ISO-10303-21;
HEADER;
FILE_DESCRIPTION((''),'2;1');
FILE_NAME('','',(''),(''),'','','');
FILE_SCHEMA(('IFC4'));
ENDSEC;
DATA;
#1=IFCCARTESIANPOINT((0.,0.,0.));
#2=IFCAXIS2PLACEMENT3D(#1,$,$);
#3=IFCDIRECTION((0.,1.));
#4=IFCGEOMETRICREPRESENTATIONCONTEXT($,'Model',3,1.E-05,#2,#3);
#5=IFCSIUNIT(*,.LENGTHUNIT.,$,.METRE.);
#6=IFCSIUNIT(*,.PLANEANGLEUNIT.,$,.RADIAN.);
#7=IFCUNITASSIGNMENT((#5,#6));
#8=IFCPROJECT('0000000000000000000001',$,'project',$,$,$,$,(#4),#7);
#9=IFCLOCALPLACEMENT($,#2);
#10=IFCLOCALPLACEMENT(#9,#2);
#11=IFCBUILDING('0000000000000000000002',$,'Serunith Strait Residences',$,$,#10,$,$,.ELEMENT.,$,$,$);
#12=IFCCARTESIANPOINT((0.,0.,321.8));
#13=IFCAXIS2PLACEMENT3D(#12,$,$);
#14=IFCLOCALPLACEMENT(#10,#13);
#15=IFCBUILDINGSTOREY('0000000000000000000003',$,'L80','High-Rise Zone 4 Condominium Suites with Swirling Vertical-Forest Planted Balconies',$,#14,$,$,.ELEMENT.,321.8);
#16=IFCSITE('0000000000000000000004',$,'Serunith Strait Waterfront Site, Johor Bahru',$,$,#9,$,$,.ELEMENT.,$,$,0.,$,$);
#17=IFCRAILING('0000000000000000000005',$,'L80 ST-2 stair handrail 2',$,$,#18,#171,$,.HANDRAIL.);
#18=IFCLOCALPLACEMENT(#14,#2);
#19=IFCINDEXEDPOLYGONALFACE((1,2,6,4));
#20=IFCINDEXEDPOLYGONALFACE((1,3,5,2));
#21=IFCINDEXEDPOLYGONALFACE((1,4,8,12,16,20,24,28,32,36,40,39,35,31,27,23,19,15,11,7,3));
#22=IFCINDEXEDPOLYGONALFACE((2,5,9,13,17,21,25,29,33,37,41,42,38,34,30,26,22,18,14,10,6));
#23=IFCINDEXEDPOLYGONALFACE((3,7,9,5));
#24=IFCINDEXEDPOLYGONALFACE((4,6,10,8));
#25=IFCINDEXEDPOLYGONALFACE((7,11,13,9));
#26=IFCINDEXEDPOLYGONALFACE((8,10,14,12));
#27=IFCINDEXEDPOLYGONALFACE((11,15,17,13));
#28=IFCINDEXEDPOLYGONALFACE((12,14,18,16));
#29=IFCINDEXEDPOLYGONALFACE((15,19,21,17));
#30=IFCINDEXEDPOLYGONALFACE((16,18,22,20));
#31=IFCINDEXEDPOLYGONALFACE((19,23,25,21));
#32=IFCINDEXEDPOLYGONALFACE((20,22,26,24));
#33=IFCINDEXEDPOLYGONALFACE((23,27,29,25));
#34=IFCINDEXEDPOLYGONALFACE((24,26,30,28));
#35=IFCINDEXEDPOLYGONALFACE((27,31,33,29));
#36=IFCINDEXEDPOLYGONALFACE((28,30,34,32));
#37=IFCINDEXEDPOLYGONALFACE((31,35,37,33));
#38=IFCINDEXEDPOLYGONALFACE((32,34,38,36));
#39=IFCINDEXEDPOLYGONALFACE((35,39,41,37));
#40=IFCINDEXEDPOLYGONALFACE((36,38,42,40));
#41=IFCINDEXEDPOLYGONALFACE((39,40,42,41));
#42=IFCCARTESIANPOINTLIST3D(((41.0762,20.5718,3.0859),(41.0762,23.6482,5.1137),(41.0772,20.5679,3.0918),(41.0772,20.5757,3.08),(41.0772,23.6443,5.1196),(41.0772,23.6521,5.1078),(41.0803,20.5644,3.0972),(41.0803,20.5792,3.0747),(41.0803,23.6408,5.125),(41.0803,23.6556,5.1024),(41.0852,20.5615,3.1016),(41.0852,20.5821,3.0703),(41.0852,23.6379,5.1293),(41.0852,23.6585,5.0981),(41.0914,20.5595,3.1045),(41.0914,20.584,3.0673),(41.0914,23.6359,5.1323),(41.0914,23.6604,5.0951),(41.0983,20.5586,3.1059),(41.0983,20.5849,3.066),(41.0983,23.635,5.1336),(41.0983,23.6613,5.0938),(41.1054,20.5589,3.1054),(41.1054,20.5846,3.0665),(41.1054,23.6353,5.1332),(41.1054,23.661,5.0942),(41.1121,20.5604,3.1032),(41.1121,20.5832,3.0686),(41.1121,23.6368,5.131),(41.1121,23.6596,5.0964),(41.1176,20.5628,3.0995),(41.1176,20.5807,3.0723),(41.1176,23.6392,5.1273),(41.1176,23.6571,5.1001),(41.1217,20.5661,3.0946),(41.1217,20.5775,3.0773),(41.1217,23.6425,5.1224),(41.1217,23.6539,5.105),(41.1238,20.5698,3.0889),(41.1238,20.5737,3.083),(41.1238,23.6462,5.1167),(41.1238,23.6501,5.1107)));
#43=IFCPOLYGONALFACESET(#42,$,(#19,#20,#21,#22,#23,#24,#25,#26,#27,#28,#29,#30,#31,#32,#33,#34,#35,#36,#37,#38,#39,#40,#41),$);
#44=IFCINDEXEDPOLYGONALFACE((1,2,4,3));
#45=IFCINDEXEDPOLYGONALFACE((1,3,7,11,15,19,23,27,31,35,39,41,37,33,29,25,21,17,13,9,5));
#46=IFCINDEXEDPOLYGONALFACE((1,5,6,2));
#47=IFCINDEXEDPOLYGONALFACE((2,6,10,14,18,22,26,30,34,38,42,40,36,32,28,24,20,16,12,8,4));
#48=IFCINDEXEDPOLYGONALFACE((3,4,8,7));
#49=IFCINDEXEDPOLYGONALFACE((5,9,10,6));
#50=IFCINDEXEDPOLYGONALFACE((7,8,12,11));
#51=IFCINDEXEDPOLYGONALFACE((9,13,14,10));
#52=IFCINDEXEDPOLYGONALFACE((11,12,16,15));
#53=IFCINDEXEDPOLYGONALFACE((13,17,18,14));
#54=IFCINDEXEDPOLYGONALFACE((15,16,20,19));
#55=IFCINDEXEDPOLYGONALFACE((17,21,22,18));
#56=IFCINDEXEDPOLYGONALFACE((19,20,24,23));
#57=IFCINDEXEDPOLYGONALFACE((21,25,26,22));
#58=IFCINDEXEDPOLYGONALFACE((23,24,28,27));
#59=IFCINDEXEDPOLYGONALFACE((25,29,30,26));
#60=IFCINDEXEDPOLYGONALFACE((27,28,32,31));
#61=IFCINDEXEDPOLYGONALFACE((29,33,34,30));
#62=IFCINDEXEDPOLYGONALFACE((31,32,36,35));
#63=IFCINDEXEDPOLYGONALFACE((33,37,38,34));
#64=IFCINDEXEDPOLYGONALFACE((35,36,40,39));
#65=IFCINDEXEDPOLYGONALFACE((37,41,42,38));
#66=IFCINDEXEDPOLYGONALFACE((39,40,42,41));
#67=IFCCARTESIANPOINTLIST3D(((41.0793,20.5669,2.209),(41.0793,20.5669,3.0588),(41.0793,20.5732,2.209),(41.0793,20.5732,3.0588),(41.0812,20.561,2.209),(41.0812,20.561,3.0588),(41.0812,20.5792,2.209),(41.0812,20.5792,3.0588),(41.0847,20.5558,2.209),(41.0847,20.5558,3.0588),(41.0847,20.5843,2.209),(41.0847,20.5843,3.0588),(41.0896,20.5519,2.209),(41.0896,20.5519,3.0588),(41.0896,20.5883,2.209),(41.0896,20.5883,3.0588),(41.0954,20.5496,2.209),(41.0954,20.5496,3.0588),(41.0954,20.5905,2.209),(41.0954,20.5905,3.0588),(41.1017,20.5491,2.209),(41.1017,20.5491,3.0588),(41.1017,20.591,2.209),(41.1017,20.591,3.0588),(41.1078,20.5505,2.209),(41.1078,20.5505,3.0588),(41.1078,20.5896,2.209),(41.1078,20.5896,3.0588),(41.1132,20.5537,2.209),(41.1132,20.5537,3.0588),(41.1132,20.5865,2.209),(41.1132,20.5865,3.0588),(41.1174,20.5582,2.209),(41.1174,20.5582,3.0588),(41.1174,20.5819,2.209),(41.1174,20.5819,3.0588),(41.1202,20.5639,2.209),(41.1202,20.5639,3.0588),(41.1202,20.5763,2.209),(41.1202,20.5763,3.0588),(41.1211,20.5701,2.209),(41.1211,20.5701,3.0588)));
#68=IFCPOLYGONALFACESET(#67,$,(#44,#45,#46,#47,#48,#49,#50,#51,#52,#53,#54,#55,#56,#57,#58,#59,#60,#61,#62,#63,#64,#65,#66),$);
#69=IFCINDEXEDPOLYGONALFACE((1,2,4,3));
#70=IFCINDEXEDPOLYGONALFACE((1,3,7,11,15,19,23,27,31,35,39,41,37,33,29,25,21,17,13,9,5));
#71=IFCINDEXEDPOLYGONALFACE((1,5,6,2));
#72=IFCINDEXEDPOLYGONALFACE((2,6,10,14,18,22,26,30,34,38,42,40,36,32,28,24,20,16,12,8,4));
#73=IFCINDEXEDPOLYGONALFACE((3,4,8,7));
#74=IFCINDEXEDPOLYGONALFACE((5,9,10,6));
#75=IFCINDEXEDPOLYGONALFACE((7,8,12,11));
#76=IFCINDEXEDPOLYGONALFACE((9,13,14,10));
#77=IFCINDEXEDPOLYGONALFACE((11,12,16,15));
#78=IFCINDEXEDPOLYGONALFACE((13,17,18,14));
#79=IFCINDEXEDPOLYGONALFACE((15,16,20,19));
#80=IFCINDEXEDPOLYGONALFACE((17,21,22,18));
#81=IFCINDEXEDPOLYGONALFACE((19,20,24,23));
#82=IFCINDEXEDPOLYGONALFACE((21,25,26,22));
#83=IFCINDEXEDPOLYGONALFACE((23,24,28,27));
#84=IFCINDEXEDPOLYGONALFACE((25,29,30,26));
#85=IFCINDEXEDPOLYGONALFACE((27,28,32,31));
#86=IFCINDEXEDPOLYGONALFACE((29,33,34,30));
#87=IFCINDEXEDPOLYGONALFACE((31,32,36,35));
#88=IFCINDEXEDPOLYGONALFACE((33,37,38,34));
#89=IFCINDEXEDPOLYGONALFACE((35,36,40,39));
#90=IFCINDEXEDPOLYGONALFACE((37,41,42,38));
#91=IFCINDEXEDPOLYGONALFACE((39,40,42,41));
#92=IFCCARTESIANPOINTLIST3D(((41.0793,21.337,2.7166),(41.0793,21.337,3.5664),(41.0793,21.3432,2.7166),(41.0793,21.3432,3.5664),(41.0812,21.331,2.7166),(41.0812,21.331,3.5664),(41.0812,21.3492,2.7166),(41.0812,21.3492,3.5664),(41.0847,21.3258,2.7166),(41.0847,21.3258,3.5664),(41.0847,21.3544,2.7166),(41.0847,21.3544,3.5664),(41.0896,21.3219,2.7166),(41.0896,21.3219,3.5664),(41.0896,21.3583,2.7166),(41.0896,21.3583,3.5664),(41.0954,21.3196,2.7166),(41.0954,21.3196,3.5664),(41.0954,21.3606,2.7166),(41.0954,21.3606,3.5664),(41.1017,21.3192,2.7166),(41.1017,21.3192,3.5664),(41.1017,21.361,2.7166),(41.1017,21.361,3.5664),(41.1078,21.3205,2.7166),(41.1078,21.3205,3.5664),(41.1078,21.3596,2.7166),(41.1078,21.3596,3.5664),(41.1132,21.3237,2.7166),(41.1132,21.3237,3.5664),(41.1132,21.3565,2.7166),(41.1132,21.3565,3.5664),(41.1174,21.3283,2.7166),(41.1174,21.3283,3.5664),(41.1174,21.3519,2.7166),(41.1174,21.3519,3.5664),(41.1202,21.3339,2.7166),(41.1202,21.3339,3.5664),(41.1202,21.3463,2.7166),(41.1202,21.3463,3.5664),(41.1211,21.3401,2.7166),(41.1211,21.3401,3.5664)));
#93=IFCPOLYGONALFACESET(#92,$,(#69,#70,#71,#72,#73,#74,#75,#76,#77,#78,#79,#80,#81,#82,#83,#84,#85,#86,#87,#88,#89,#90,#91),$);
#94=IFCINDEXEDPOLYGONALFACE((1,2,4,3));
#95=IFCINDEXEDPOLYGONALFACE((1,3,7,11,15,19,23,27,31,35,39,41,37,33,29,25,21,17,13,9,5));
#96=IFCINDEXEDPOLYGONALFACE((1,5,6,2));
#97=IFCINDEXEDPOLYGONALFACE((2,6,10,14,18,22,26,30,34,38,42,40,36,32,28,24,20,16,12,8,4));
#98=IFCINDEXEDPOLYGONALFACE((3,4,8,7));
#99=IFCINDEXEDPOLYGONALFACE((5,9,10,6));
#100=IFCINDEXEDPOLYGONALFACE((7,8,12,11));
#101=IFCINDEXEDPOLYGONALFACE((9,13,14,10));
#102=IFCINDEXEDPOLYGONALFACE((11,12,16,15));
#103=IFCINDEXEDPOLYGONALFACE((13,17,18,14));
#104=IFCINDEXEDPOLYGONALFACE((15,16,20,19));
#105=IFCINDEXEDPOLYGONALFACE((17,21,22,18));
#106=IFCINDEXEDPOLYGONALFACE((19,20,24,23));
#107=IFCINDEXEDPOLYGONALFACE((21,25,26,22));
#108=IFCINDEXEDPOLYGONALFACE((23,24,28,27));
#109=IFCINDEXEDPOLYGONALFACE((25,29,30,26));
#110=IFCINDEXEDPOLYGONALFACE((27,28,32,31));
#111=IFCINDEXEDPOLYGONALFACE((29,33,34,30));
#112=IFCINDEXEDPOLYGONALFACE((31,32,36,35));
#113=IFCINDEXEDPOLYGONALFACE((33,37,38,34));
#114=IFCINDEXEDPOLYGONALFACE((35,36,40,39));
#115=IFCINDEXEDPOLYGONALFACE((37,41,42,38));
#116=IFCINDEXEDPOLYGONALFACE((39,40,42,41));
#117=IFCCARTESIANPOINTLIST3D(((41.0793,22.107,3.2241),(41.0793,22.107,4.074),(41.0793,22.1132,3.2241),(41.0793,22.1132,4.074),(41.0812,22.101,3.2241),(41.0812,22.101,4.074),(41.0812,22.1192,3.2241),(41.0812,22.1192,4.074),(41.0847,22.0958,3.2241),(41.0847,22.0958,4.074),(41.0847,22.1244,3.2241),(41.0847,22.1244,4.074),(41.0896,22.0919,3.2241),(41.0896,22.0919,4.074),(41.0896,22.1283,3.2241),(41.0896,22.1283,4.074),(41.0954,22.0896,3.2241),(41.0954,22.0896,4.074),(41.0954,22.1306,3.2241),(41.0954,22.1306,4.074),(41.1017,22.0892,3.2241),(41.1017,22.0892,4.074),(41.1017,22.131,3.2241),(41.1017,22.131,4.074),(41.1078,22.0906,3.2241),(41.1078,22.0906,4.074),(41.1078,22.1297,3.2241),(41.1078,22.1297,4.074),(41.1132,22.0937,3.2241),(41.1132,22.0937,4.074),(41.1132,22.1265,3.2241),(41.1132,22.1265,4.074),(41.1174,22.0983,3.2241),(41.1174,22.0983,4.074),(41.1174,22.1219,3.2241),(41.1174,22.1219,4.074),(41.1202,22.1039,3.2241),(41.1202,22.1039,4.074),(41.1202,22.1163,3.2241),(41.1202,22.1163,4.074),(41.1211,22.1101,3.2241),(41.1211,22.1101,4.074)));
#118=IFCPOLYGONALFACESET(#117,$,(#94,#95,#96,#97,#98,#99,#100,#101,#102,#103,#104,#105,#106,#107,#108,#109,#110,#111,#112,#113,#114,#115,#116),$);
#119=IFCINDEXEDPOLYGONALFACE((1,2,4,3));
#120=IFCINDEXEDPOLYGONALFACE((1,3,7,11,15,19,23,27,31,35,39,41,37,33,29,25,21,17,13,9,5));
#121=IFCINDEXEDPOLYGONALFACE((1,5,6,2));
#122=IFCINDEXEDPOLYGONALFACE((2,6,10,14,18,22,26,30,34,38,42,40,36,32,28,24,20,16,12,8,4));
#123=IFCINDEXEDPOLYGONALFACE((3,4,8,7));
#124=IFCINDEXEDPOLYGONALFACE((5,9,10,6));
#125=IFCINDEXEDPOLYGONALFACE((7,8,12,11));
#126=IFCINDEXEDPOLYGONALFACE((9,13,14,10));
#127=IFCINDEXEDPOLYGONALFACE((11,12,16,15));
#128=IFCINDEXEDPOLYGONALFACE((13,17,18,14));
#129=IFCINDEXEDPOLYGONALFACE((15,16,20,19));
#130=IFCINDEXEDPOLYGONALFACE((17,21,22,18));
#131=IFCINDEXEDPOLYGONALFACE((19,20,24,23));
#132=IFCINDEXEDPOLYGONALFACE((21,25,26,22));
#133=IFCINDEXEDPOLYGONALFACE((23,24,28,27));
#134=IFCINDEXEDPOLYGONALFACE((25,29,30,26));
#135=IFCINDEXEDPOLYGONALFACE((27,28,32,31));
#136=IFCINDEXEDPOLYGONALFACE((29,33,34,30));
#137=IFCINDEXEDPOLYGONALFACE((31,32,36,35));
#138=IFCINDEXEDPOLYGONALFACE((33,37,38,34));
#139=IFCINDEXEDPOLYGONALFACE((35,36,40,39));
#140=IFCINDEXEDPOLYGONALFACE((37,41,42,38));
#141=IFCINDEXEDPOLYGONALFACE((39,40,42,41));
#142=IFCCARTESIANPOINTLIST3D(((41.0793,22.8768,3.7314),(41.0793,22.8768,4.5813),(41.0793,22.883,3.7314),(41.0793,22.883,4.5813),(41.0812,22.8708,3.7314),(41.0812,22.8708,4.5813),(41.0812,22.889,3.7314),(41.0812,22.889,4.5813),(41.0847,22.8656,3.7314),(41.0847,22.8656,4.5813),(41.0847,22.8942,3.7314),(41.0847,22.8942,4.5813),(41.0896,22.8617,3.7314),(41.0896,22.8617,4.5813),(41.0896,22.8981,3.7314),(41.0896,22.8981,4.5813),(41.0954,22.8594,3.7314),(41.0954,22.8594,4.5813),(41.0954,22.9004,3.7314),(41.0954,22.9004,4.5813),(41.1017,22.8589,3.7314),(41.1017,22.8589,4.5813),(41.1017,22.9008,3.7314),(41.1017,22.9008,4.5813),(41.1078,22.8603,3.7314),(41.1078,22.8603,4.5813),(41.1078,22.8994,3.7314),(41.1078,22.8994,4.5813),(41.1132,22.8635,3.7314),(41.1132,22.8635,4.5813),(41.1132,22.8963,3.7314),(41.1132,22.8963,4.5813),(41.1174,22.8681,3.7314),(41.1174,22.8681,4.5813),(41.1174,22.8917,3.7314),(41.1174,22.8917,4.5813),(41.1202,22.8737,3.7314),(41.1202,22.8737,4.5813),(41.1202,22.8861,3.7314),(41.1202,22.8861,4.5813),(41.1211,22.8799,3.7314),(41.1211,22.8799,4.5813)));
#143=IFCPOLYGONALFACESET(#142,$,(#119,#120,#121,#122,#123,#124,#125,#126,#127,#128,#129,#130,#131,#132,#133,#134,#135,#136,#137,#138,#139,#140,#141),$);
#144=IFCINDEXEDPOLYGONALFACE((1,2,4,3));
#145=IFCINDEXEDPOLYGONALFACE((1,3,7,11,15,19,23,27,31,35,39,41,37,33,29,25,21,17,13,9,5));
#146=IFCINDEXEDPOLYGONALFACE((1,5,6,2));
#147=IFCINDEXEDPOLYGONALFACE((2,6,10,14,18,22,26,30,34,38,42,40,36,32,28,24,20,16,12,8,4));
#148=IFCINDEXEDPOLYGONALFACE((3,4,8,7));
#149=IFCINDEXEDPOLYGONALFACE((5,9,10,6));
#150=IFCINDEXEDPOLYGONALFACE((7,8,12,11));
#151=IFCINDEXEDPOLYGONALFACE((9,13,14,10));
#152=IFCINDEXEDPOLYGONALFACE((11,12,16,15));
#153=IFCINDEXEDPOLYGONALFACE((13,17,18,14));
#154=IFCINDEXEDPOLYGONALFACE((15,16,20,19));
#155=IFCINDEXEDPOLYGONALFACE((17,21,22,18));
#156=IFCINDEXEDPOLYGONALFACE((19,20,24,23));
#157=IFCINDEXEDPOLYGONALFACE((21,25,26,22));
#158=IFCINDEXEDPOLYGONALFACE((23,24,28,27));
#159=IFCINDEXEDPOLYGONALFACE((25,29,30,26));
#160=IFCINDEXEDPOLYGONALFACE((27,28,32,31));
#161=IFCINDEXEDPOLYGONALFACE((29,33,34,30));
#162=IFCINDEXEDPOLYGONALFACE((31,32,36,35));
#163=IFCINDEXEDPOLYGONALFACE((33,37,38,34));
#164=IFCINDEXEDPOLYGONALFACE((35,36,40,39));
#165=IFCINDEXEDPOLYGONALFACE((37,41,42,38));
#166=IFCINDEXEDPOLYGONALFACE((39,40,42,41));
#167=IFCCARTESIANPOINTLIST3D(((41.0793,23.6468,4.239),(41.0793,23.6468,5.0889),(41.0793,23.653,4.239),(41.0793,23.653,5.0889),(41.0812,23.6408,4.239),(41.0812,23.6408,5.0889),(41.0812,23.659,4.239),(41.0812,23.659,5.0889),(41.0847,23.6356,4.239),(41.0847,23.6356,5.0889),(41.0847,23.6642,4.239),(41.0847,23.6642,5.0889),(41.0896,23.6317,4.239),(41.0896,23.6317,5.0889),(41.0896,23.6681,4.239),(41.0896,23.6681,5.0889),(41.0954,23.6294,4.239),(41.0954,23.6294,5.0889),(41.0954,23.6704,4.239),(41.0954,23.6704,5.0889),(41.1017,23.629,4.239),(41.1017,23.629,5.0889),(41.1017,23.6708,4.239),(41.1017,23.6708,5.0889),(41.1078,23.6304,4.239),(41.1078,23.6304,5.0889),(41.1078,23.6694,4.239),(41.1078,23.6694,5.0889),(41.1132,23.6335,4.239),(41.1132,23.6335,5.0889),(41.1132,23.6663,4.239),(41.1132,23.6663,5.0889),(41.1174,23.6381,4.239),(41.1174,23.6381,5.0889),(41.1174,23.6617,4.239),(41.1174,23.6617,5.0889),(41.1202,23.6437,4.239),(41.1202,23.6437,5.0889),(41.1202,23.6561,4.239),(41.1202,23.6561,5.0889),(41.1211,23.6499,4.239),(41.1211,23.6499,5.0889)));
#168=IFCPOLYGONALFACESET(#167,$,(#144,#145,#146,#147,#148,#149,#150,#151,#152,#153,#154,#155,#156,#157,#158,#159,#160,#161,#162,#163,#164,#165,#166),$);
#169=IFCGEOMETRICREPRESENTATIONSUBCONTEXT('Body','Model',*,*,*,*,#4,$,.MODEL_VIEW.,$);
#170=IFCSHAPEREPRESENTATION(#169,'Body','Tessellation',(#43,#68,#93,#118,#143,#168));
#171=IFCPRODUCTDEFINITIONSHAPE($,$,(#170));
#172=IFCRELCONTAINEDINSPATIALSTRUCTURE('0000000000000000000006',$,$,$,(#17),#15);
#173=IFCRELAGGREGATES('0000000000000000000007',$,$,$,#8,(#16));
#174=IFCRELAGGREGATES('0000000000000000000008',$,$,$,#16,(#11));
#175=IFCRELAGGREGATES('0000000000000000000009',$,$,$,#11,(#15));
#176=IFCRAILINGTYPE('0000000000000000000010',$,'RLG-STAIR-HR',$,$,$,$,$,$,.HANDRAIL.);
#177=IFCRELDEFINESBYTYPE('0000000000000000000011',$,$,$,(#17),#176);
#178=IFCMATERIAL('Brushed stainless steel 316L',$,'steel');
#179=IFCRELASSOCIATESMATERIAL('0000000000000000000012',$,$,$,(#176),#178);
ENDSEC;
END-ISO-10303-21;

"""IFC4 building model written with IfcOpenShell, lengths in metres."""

from ifc_helpers import new_model, si_unit, direction, frame, origin, origin_2d, place, context, subcontext, project, spatial, circle, extrude, material, type_object, element, save


model = new_model("IFC4")

# Units and contexts
model_context = context("Model", 3, precision=1e-05, world=origin(), true_north=direction((0.0, 1.0)))
body_context = subcontext(model_context, "Body", "Model", "MODEL_VIEW")
ifc_project = project(units=[si_unit("LENGTHUNIT", "METRE"), si_unit("PLANEANGLEUNIT", "RADIAN")], contexts=[model_context])

# Site, building, storey
site_placement = place(None, origin())
site = spatial("IfcSite", under=ifc_project, at=site_placement, Name="Serunith Strait Waterfront Site, Johor Bahru", CompositionType="ELEMENT", RefElevation=0.0)
building_placement = place(site_placement, origin())
building = spatial("IfcBuilding", under=site, at=building_placement, Name="Serunith Strait Residences", CompositionType="ELEMENT")
storey_placement = place(building_placement, frame((0.0, 0.0, 321.8)))
storey = spatial("IfcBuildingStorey", under=building, at=storey_placement, Name="L80", Description="High-Rise Zone 4 Condominium Suites with Swirling Vertical-Forest Planted Balconies", CompositionType="ELEMENT", Elevation=321.8)

# Railing
ifc_material_1 = material(Name="Brushed stainless steel 316L", Category="steel")
railing_type_1 = type_object("IfcRailingType", Name="RLG-STAIR-HR", PredefinedType="HANDRAIL", material=ifc_material_1)
railing_1_placement = place(storey_placement, frame((41.1001, 20.5701, 2.209)))
element("IfcRailing", 1, at=railing_1_placement, inside=storey, type_object=railing_type_1, Name="L80 ST-2 stair handrail 2", PredefinedType="HANDRAIL", context=body_context, shape_type="SweptSolid", body=[
    extrude(circle(Radius=0.0239, at=origin_2d()), frame((0.0, 0.0017, 0.877), z_axis=(0.0, 0.834941, 0.55034), x_axis=(-1.0, 0.0, 0.0)), (0.0, 0.0, 1.0), 3.6846),
    extrude(circle(Radius=0.021, at=origin_2d()), origin(), (0.0, 0.0, 1.0), 0.8499),
    extrude(circle(Radius=0.021, at=origin_2d()), frame((0.0, 0.77, 0.5076)), (0.0, 0.0, 1.0), 0.8499),
    extrude(circle(Radius=0.021, at=origin_2d()), frame((0.0, 1.54, 1.0151)), (0.0, 0.0, 1.0), 0.8499),
    extrude(circle(Radius=0.021, at=origin_2d()), frame((0.0, 2.3098, 1.5225)), (0.0, 0.0, 1.0), 0.8499),
    extrude(circle(Radius=0.021, at=origin_2d()), frame((0.0, 3.0798, 2.03)), (0.0, 0.0, 1.0), 0.8499),
])

save(model, "model.ifc")
